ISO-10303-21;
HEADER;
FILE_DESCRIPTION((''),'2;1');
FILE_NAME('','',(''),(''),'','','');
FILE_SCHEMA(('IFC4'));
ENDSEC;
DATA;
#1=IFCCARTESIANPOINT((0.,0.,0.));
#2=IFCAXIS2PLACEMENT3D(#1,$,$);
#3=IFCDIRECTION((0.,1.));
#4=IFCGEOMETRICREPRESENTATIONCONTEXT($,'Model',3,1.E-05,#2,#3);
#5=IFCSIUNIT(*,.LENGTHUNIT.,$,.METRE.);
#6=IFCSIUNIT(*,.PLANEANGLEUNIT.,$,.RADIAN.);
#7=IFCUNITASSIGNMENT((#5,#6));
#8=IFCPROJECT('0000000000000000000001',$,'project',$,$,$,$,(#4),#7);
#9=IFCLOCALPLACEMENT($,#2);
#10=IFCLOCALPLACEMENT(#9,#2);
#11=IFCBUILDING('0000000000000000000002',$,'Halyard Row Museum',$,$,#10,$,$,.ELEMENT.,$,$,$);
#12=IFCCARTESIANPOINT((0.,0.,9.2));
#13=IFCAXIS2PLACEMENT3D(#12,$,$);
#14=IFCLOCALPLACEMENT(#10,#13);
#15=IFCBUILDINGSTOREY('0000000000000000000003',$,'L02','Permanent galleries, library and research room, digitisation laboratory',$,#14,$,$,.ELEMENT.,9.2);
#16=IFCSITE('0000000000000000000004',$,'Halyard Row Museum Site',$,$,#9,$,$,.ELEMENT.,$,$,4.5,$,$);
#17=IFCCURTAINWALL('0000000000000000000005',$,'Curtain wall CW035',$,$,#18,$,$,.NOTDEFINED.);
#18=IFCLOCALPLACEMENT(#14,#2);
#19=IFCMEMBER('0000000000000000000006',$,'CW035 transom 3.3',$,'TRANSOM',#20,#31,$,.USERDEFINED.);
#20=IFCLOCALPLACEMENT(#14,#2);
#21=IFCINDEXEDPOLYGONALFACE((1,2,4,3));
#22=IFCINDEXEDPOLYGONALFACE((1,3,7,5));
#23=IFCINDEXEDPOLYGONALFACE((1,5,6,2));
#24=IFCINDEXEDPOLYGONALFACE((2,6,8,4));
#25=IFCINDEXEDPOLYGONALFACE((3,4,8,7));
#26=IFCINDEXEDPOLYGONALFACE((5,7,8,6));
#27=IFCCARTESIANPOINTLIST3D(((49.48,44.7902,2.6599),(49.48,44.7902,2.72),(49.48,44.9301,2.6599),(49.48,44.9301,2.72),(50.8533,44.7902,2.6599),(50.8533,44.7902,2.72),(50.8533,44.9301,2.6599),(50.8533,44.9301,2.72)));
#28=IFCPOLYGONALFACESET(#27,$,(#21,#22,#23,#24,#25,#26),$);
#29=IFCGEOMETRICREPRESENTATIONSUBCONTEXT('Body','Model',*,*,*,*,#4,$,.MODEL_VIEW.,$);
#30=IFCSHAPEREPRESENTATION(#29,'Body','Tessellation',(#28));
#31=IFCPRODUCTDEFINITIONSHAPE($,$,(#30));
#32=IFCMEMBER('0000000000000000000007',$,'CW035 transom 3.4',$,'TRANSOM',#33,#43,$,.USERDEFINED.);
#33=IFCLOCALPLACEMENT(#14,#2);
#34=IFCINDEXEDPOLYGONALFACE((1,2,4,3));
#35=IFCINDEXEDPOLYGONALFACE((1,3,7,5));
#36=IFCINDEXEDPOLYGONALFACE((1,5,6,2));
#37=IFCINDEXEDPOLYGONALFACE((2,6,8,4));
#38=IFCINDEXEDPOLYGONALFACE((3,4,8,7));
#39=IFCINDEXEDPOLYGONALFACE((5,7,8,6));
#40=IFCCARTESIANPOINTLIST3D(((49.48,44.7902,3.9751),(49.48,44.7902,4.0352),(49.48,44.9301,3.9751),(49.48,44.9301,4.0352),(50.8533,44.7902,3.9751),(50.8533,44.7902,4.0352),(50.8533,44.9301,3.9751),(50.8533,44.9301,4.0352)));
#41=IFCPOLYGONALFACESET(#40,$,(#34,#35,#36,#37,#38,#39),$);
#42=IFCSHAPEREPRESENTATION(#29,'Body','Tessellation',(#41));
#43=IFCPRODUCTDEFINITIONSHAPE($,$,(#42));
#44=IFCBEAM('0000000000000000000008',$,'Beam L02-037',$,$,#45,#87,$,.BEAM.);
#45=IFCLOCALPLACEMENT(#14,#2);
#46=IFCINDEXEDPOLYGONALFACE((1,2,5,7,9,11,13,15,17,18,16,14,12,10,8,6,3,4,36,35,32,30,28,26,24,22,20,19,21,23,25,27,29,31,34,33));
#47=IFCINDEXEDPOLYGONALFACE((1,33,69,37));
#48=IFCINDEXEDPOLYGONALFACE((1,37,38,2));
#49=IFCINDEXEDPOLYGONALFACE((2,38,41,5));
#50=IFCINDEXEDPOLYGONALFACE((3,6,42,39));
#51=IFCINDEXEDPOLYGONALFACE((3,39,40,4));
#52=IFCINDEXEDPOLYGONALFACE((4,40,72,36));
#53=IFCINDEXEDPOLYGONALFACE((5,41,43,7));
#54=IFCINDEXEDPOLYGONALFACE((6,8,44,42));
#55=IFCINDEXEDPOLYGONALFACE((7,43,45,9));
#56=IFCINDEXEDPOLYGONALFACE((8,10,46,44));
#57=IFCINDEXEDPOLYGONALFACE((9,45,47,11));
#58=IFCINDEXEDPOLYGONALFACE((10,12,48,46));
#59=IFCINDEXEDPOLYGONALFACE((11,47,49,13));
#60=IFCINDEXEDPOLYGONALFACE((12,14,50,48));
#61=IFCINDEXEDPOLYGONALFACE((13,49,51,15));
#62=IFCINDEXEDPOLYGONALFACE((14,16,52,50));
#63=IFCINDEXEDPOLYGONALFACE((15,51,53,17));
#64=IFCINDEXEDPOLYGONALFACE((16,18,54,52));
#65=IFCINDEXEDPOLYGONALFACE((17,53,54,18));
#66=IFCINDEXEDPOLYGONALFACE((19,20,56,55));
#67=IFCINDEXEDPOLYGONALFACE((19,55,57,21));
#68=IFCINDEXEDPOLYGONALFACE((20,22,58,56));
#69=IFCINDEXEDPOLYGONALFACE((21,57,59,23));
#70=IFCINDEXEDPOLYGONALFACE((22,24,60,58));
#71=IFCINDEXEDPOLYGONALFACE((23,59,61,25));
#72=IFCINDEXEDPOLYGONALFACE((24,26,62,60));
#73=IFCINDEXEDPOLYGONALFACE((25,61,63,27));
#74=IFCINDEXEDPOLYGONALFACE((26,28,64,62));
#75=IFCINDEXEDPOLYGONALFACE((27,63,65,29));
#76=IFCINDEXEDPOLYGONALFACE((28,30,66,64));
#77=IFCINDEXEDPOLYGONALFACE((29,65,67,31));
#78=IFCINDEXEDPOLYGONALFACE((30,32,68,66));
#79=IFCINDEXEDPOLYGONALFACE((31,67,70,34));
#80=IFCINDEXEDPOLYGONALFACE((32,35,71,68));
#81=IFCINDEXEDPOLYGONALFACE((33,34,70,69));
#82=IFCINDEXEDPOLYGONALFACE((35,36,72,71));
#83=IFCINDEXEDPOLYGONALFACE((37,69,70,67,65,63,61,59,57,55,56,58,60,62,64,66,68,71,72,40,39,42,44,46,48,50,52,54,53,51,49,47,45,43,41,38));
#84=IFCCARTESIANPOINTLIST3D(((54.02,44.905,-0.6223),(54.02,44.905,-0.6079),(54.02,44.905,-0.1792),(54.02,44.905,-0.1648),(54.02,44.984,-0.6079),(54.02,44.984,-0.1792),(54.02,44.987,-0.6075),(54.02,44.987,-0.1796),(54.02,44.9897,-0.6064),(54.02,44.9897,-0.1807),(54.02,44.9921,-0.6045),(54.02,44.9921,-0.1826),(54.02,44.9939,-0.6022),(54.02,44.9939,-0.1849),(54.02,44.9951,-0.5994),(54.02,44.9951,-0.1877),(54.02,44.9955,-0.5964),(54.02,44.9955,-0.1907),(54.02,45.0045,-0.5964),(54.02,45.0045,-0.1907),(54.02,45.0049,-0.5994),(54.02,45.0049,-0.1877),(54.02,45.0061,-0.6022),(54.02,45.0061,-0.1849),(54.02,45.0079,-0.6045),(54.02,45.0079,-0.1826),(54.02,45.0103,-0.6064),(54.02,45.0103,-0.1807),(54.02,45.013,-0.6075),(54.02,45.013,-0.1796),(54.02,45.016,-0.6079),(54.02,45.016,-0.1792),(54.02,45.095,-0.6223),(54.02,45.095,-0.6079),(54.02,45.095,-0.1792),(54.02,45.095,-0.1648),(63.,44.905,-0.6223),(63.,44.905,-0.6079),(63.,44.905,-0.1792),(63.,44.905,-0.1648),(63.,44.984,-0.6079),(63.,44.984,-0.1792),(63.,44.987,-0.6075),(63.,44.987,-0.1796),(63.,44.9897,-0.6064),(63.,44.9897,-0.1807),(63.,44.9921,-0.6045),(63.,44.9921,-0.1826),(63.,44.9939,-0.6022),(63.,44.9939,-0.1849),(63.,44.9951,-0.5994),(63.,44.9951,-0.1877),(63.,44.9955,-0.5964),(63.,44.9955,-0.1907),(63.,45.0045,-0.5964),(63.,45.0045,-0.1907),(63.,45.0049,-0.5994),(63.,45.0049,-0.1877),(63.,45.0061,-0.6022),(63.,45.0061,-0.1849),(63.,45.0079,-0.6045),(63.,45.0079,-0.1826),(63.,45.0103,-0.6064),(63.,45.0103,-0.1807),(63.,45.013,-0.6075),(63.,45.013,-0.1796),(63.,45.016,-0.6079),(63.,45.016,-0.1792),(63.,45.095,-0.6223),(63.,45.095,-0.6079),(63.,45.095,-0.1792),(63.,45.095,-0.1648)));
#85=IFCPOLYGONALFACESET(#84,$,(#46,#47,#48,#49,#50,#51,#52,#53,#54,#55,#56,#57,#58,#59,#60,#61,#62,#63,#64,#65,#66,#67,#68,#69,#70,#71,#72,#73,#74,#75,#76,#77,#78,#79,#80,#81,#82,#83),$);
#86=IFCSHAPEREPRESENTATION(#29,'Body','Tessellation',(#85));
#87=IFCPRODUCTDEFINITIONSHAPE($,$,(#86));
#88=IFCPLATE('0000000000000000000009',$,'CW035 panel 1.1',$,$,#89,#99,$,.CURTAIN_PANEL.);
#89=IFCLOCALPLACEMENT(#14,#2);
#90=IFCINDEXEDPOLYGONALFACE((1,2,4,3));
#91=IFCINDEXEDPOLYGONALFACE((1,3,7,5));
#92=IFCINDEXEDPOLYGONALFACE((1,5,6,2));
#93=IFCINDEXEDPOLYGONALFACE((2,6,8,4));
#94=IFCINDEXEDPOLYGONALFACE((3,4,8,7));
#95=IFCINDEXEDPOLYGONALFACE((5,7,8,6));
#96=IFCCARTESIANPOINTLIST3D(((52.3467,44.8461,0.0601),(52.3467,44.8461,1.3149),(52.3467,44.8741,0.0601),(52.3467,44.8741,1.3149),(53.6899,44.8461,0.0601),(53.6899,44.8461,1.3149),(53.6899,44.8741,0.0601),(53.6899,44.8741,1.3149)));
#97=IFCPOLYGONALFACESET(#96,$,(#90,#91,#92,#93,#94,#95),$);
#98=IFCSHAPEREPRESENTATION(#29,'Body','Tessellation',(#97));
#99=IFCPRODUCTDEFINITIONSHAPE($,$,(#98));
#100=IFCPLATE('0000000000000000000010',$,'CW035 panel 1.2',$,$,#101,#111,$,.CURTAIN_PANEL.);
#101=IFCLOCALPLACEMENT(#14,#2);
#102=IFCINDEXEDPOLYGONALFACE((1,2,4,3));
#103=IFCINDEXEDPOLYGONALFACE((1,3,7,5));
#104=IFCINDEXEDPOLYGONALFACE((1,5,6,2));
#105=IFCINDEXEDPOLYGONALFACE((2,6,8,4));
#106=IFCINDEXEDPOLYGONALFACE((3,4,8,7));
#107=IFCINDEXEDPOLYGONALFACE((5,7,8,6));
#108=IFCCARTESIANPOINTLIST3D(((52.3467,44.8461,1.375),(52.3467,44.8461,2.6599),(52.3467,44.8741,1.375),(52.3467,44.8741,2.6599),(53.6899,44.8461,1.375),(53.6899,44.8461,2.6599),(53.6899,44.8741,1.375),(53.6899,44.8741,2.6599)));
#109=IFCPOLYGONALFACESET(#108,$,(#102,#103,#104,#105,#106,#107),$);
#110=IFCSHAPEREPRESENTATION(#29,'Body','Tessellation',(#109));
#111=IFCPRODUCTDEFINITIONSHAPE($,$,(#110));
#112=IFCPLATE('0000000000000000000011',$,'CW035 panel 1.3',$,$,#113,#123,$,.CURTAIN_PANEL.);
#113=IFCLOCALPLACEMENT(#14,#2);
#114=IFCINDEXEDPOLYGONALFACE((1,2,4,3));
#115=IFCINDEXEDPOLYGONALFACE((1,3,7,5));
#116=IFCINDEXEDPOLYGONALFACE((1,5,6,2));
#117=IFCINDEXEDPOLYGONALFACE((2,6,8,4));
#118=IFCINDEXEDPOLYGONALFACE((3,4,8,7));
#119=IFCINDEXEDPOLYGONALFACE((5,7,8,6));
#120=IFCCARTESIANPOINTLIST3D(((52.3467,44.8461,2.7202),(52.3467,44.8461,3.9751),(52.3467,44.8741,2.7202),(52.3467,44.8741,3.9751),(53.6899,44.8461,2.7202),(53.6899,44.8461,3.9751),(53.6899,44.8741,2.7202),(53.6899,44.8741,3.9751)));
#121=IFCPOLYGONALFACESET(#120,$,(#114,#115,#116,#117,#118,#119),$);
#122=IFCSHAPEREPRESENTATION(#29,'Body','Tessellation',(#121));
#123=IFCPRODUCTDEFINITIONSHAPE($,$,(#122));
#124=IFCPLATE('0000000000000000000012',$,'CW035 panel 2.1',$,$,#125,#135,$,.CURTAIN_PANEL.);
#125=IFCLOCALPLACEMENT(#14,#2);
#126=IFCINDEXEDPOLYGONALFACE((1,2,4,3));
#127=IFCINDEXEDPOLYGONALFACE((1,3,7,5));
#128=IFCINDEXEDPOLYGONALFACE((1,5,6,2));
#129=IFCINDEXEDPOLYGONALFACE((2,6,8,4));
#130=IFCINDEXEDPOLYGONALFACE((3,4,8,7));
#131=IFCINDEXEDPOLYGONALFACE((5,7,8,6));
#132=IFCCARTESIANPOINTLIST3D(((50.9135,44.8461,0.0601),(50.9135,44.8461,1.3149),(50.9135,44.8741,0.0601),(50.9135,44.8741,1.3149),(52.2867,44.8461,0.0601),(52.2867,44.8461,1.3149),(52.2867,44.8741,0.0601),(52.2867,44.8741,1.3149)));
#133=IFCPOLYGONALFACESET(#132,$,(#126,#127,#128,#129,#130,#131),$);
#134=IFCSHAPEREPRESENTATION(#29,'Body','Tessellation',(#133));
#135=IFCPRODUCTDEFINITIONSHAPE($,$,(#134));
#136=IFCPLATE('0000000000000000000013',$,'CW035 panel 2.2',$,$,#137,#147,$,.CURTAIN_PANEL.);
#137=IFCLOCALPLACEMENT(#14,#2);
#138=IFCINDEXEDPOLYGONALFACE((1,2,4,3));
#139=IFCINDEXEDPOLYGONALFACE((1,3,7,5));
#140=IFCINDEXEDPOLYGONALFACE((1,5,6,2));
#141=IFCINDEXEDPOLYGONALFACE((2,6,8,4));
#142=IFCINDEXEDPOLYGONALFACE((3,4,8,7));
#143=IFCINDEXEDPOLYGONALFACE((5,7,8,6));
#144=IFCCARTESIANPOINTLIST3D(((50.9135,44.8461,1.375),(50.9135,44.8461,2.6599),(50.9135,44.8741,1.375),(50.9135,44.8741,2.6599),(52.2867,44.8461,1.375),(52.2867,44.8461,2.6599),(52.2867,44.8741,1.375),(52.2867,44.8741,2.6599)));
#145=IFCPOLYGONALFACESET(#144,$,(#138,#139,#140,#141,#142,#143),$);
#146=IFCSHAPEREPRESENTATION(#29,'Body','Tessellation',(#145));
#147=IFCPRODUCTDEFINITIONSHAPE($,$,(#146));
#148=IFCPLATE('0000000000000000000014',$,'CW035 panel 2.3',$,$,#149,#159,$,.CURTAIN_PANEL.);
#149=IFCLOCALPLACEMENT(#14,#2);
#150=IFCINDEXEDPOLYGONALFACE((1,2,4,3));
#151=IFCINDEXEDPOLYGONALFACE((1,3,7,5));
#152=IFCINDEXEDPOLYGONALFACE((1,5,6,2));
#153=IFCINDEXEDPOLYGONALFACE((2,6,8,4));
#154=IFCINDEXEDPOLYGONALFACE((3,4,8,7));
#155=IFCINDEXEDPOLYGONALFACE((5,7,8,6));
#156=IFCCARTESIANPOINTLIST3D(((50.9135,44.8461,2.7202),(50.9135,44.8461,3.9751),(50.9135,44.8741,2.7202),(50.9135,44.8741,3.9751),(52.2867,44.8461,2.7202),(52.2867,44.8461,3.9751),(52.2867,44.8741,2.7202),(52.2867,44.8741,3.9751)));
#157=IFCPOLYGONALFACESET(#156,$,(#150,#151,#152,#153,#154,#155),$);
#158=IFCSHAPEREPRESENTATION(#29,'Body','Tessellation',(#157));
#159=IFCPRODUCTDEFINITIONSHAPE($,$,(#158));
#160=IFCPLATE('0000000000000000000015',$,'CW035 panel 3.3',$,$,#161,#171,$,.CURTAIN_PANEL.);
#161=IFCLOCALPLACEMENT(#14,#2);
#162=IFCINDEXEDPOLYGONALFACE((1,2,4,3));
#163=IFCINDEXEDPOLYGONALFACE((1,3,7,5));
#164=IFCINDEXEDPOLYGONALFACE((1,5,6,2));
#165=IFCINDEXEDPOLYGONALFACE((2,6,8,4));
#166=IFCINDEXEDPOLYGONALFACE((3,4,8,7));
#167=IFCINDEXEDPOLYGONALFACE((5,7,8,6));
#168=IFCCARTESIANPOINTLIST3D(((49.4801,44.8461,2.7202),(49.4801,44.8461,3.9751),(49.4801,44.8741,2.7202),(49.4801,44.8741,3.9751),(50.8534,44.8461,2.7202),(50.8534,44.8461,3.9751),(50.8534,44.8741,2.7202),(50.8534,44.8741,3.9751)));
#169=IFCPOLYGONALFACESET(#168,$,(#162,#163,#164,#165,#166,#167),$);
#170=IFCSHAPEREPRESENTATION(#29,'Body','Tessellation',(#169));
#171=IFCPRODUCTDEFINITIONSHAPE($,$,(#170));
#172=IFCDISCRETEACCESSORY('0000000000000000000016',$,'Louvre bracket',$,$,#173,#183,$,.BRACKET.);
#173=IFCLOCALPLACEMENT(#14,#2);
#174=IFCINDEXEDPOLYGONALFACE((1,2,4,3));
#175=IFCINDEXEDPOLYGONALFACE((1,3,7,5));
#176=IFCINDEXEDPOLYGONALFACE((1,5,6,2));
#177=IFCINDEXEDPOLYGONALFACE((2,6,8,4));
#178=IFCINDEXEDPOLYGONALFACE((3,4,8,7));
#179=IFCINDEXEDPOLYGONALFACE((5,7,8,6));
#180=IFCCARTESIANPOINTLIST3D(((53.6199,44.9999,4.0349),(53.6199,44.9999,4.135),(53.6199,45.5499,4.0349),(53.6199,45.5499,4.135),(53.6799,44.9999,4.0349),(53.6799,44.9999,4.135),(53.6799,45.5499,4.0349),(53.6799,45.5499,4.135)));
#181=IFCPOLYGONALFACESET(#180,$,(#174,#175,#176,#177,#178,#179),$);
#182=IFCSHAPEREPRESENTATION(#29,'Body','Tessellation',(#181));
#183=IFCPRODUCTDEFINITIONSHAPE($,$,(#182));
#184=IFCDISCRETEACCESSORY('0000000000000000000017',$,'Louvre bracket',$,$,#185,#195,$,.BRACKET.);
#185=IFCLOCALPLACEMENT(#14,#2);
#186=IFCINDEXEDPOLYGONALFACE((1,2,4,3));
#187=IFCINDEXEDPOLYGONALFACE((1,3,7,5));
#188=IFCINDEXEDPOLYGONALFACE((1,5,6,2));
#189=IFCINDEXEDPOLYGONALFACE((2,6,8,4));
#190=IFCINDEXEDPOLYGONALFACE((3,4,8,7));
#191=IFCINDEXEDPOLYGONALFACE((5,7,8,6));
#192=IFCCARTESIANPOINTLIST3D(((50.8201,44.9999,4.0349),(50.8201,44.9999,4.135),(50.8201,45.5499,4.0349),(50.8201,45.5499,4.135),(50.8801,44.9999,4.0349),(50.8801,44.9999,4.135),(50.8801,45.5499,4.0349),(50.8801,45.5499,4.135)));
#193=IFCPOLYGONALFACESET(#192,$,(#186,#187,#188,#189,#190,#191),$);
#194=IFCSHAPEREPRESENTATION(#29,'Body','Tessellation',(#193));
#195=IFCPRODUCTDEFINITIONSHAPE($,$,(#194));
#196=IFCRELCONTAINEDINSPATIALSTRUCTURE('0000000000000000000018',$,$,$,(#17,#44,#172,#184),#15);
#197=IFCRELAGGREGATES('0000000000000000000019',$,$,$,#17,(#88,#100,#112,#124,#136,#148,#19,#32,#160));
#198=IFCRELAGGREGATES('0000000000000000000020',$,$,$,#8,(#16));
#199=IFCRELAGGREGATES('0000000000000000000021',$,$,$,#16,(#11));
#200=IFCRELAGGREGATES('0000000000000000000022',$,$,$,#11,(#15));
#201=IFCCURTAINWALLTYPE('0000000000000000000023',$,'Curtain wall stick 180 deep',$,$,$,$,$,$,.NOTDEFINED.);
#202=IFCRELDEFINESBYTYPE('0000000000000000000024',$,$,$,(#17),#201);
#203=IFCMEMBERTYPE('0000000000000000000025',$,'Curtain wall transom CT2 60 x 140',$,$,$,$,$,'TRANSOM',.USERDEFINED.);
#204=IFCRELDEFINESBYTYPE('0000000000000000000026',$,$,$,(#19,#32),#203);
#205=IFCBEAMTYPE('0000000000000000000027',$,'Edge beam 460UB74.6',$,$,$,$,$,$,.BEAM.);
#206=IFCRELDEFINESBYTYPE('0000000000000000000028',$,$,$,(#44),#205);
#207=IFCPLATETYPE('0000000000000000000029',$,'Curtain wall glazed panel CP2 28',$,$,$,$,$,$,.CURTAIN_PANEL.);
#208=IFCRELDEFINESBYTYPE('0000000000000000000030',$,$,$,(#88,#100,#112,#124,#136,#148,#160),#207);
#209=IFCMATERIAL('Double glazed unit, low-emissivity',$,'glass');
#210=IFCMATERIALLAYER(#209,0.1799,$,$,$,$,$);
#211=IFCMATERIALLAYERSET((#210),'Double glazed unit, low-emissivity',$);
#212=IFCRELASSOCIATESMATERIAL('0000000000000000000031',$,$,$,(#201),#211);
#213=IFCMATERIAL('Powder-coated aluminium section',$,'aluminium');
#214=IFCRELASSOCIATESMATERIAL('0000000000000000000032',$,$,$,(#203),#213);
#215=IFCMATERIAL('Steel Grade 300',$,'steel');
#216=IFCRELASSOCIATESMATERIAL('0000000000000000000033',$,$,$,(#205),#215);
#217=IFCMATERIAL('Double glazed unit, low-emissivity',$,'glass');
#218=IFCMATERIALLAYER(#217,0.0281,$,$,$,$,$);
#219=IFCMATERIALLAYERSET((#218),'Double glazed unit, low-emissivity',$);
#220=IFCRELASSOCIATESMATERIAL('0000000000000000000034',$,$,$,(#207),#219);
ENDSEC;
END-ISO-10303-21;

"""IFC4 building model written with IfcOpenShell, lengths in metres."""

from ifc_helpers import new_model, si_unit, direction, frame, origin, origin_2d, place, context, subcontext, project, spatial, rectangle, i_section, extrude, material, layer, layer_set, material_profile, profile_set, type_object, element, aggregate, save


model = new_model("IFC4")

# Units and contexts
model_context = context("Model", 3, precision=1e-05, world=origin(), true_north=direction((0.0, 1.0)))
body_context = subcontext(model_context, "Body", "Model", "MODEL_VIEW")
ifc_project = project(units=[si_unit("LENGTHUNIT", "METRE"), si_unit("PLANEANGLEUNIT", "RADIAN")], contexts=[model_context])

# Site, building, storey
site_placement = place(None, origin())
site = spatial("IfcSite", under=ifc_project, at=site_placement, Name="Halyard Row Museum Site", CompositionType="ELEMENT", RefElevation=4.5)
building_placement = place(site_placement, origin())
building = spatial("IfcBuilding", under=site, at=building_placement, Name="Halyard Row Museum", CompositionType="ELEMENT")
storey_placement = place(building_placement, frame((0.0, 0.0, 9.2)))
storey = spatial("IfcBuildingStorey", under=building, at=storey_placement, Name="L02", Description="Permanent galleries, library and research room, digitisation laboratory", CompositionType="ELEMENT", Elevation=9.2)

# Curtain wall, members
ifc_material_1 = material(Name="Double glazed unit, low-emissivity", Category="glass")
ifc_layer_1 = layer(ifc_material_1, 0.1799)
ifc_layer_set_1 = layer_set([ifc_layer_1], Name="Double glazed unit, low-emissivity")
curtain_wall_type = type_object("IfcCurtainWallType", Name="Curtain wall stick 180 deep", PredefinedType="NOTDEFINED", material=ifc_layer_set_1)
curtain_wall_placement = place(storey_placement, origin())
curtain_wall = element("IfcCurtainWall", 1, at=curtain_wall_placement, inside=storey, type_object=curtain_wall_type, Name="Curtain wall CW035", PredefinedType="NOTDEFINED")
ifc_material_2 = material(Name="Powder-coated aluminium section", Category="aluminium")
ifc_material_profile_1 = material_profile(ifc_material_2, rectangle(XDim=0.1399, YDim=0.0601, at=origin_2d()), Name="140x60 transom")
ifc_profile_set_1 = profile_set([ifc_material_profile_1], Name="Powder-coated aluminium section")
member_type_1 = type_object("IfcMemberType", Name="Curtain wall transom CT2 60 x 140", ElementType="TRANSOM", PredefinedType="USERDEFINED", material=ifc_profile_set_1)
member_1_placement = place(storey_placement, frame((50.8533, 44.8601, 2.6899), z_axis=(-1.0, 0.0, 0.0), x_axis=(0.0, -1.0, 0.0)))
member_1 = element("IfcMember", 2, at=member_1_placement, type_object=member_type_1, Name="CW035 transom 3.3", ObjectType="TRANSOM", PredefinedType="USERDEFINED", context=body_context, shape_type="SweptSolid", body=[
    extrude(rectangle(XDim=0.1399, YDim=0.0601, at=origin_2d()), origin(), (0.0, 0.0, 1.0), 1.3733),
])
member_2_placement = place(storey_placement, frame((50.8533, 44.8601, 4.0051), z_axis=(-1.0, 0.0, 0.0), x_axis=(0.0, -1.0, 0.0)))
member_2 = element("IfcMember", 3, at=member_2_placement, type_object=member_type_1, Name="CW035 transom 3.4", ObjectType="TRANSOM", PredefinedType="USERDEFINED", context=body_context, shape_type="SweptSolid", body=[
    extrude(rectangle(XDim=0.1399, YDim=0.0601, at=origin_2d()), origin(), (0.0, 0.0, 1.0), 1.3733),
])

# Beam
ifc_material_3 = material(Name="Steel Grade 300", Category="steel")
ifc_material_profile_2 = material_profile(ifc_material_3, i_section(OverallWidth=0.1899, OverallDepth=0.4575, WebThickness=0.009, FlangeThickness=0.0144, FilletRadius=0.0115, at=origin_2d()), Name="460UB74.6")
ifc_profile_set_2 = profile_set([ifc_material_profile_2], Name="Steel Grade 300")
beam_type = type_object("IfcBeamType", Name="Edge beam 460UB74.6", PredefinedType="BEAM", material=ifc_profile_set_2)
beam_placement = place(storey_placement, frame((54.02, 45.0, -0.3936), z_axis=(1.0, 0.0, 0.0), x_axis=(0.0, 1.0, 0.0)))
element("IfcBeam", 4, at=beam_placement, inside=storey, type_object=beam_type, Name="Beam L02-037", PredefinedType="BEAM", context=body_context, shape_type="SweptSolid", body=[
    extrude(i_section(OverallWidth=0.1899, OverallDepth=0.4575, WebThickness=0.009, FlangeThickness=0.0144, FilletRadius=0.0115, at=origin_2d()), origin(), (0.0, 0.0, 1.0), 8.98),
])

# Plates
ifc_material_4 = material(Name="Double glazed unit, low-emissivity", Category="glass")
ifc_layer_2 = layer(ifc_material_4, 0.0281)
ifc_layer_set_2 = layer_set([ifc_layer_2], Name="Double glazed unit, low-emissivity")
plate_type = type_object("IfcPlateType", Name="Curtain wall glazed panel CP2 28", PredefinedType="CURTAIN_PANEL", material=ifc_layer_set_2)
plate_1_placement = place(storey_placement, frame((53.0183, 44.8601, 0.0601), z_axis=(0.0, 0.0, 1.0), x_axis=(-1.0, 0.0, 0.0)))
plate_1 = element("IfcPlate", 5, at=plate_1_placement, type_object=plate_type, Name="CW035 panel 1.1", PredefinedType="CURTAIN_PANEL", context=body_context, shape_type="SweptSolid", body=[
    extrude(rectangle(XDim=1.3433, YDim=0.0281, at=origin_2d()), origin(), (0.0, 0.0, 1.0), 1.2549),
])
plate_2_placement = place(storey_placement, frame((53.0183, 44.8601, 1.375), z_axis=(0.0, 0.0, 1.0), x_axis=(-1.0, 0.0, 0.0)))
plate_2 = element("IfcPlate", 6, at=plate_2_placement, type_object=plate_type, Name="CW035 panel 1.2", PredefinedType="CURTAIN_PANEL", context=body_context, shape_type="SweptSolid", body=[
    extrude(rectangle(XDim=1.3433, YDim=0.0281, at=origin_2d()), origin(), (0.0, 0.0, 1.0), 1.2849),
])
plate_3_placement = place(storey_placement, frame((53.0183, 44.8601, 2.7202), z_axis=(0.0, 0.0, 1.0), x_axis=(-1.0, 0.0, 0.0)))
plate_3 = element("IfcPlate", 7, at=plate_3_placement, type_object=plate_type, Name="CW035 panel 1.3", PredefinedType="CURTAIN_PANEL", context=body_context, shape_type="SweptSolid", body=[
    extrude(rectangle(XDim=1.3433, YDim=0.0281, at=origin_2d()), origin(), (0.0, 0.0, 1.0), 1.2549),
])
plate_4_placement = place(storey_placement, frame((51.6001, 44.8601, 0.0601), z_axis=(0.0, 0.0, 1.0), x_axis=(-1.0, 0.0, 0.0)))
plate_4 = element("IfcPlate", 8, at=plate_4_placement, type_object=plate_type, Name="CW035 panel 2.1", PredefinedType="CURTAIN_PANEL", context=body_context, shape_type="SweptSolid", body=[
    extrude(rectangle(XDim=1.3733, YDim=0.0281, at=origin_2d()), origin(), (0.0, 0.0, 1.0), 1.2549),
])
plate_5_placement = place(storey_placement, frame((51.6001, 44.8601, 1.375), z_axis=(0.0, 0.0, 1.0), x_axis=(-1.0, 0.0, 0.0)))
plate_5 = element("IfcPlate", 9, at=plate_5_placement, type_object=plate_type, Name="CW035 panel 2.2", PredefinedType="CURTAIN_PANEL", context=body_context, shape_type="SweptSolid", body=[
    extrude(rectangle(XDim=1.3733, YDim=0.0281, at=origin_2d()), origin(), (0.0, 0.0, 1.0), 1.2849),
])
plate_6_placement = place(storey_placement, frame((51.6001, 44.8601, 2.7202), z_axis=(0.0, 0.0, 1.0), x_axis=(-1.0, 0.0, 0.0)))
plate_6 = element("IfcPlate", 10, at=plate_6_placement, type_object=plate_type, Name="CW035 panel 2.3", PredefinedType="CURTAIN_PANEL", context=body_context, shape_type="SweptSolid", body=[
    extrude(rectangle(XDim=1.3733, YDim=0.0281, at=origin_2d()), origin(), (0.0, 0.0, 1.0), 1.2549),
])
plate_7_placement = place(storey_placement, frame((50.1667, 44.8601, 2.7202), z_axis=(0.0, 0.0, 1.0), x_axis=(-1.0, 0.0, 0.0)))
plate_7 = element("IfcPlate", 11, at=plate_7_placement, type_object=plate_type, Name="CW035 panel 3.3", PredefinedType="CURTAIN_PANEL", context=body_context, shape_type="SweptSolid", body=[
    extrude(rectangle(XDim=1.3733, YDim=0.0281, at=origin_2d()), origin(), (0.0, 0.0, 1.0), 1.2549),
])
aggregate(curtain_wall, [plate_1, plate_2, plate_3, plate_4, plate_5, plate_6, member_1, member_2, plate_7])

# Discrete accessories
for number, where, z_axis, x_axis, name in (
    (12, (53.6499, 45.2749, 4.0349), (0.0, 0.0, 1.0), (1.0, 0.0, 0.0), "Louvre bracket"),
    (13, (50.8501, 45.2749, 4.0349), (0.0, 0.0, 1.0), (1.0, 0.0, 0.0), "Louvre bracket"),
):
    element("IfcDiscreteAccessory", number, at=place(storey_placement, frame(where, z_axis=z_axis, x_axis=x_axis)), inside=storey, Name=name, PredefinedType="BRACKET", context=body_context, shape_type="SweptSolid", body=[
        extrude(rectangle(XDim=0.0601, YDim=0.55, at=origin_2d()), origin(), (0.0, 0.0, 1.0), 0.1001),
    ])

save(model, "model.ifc")
